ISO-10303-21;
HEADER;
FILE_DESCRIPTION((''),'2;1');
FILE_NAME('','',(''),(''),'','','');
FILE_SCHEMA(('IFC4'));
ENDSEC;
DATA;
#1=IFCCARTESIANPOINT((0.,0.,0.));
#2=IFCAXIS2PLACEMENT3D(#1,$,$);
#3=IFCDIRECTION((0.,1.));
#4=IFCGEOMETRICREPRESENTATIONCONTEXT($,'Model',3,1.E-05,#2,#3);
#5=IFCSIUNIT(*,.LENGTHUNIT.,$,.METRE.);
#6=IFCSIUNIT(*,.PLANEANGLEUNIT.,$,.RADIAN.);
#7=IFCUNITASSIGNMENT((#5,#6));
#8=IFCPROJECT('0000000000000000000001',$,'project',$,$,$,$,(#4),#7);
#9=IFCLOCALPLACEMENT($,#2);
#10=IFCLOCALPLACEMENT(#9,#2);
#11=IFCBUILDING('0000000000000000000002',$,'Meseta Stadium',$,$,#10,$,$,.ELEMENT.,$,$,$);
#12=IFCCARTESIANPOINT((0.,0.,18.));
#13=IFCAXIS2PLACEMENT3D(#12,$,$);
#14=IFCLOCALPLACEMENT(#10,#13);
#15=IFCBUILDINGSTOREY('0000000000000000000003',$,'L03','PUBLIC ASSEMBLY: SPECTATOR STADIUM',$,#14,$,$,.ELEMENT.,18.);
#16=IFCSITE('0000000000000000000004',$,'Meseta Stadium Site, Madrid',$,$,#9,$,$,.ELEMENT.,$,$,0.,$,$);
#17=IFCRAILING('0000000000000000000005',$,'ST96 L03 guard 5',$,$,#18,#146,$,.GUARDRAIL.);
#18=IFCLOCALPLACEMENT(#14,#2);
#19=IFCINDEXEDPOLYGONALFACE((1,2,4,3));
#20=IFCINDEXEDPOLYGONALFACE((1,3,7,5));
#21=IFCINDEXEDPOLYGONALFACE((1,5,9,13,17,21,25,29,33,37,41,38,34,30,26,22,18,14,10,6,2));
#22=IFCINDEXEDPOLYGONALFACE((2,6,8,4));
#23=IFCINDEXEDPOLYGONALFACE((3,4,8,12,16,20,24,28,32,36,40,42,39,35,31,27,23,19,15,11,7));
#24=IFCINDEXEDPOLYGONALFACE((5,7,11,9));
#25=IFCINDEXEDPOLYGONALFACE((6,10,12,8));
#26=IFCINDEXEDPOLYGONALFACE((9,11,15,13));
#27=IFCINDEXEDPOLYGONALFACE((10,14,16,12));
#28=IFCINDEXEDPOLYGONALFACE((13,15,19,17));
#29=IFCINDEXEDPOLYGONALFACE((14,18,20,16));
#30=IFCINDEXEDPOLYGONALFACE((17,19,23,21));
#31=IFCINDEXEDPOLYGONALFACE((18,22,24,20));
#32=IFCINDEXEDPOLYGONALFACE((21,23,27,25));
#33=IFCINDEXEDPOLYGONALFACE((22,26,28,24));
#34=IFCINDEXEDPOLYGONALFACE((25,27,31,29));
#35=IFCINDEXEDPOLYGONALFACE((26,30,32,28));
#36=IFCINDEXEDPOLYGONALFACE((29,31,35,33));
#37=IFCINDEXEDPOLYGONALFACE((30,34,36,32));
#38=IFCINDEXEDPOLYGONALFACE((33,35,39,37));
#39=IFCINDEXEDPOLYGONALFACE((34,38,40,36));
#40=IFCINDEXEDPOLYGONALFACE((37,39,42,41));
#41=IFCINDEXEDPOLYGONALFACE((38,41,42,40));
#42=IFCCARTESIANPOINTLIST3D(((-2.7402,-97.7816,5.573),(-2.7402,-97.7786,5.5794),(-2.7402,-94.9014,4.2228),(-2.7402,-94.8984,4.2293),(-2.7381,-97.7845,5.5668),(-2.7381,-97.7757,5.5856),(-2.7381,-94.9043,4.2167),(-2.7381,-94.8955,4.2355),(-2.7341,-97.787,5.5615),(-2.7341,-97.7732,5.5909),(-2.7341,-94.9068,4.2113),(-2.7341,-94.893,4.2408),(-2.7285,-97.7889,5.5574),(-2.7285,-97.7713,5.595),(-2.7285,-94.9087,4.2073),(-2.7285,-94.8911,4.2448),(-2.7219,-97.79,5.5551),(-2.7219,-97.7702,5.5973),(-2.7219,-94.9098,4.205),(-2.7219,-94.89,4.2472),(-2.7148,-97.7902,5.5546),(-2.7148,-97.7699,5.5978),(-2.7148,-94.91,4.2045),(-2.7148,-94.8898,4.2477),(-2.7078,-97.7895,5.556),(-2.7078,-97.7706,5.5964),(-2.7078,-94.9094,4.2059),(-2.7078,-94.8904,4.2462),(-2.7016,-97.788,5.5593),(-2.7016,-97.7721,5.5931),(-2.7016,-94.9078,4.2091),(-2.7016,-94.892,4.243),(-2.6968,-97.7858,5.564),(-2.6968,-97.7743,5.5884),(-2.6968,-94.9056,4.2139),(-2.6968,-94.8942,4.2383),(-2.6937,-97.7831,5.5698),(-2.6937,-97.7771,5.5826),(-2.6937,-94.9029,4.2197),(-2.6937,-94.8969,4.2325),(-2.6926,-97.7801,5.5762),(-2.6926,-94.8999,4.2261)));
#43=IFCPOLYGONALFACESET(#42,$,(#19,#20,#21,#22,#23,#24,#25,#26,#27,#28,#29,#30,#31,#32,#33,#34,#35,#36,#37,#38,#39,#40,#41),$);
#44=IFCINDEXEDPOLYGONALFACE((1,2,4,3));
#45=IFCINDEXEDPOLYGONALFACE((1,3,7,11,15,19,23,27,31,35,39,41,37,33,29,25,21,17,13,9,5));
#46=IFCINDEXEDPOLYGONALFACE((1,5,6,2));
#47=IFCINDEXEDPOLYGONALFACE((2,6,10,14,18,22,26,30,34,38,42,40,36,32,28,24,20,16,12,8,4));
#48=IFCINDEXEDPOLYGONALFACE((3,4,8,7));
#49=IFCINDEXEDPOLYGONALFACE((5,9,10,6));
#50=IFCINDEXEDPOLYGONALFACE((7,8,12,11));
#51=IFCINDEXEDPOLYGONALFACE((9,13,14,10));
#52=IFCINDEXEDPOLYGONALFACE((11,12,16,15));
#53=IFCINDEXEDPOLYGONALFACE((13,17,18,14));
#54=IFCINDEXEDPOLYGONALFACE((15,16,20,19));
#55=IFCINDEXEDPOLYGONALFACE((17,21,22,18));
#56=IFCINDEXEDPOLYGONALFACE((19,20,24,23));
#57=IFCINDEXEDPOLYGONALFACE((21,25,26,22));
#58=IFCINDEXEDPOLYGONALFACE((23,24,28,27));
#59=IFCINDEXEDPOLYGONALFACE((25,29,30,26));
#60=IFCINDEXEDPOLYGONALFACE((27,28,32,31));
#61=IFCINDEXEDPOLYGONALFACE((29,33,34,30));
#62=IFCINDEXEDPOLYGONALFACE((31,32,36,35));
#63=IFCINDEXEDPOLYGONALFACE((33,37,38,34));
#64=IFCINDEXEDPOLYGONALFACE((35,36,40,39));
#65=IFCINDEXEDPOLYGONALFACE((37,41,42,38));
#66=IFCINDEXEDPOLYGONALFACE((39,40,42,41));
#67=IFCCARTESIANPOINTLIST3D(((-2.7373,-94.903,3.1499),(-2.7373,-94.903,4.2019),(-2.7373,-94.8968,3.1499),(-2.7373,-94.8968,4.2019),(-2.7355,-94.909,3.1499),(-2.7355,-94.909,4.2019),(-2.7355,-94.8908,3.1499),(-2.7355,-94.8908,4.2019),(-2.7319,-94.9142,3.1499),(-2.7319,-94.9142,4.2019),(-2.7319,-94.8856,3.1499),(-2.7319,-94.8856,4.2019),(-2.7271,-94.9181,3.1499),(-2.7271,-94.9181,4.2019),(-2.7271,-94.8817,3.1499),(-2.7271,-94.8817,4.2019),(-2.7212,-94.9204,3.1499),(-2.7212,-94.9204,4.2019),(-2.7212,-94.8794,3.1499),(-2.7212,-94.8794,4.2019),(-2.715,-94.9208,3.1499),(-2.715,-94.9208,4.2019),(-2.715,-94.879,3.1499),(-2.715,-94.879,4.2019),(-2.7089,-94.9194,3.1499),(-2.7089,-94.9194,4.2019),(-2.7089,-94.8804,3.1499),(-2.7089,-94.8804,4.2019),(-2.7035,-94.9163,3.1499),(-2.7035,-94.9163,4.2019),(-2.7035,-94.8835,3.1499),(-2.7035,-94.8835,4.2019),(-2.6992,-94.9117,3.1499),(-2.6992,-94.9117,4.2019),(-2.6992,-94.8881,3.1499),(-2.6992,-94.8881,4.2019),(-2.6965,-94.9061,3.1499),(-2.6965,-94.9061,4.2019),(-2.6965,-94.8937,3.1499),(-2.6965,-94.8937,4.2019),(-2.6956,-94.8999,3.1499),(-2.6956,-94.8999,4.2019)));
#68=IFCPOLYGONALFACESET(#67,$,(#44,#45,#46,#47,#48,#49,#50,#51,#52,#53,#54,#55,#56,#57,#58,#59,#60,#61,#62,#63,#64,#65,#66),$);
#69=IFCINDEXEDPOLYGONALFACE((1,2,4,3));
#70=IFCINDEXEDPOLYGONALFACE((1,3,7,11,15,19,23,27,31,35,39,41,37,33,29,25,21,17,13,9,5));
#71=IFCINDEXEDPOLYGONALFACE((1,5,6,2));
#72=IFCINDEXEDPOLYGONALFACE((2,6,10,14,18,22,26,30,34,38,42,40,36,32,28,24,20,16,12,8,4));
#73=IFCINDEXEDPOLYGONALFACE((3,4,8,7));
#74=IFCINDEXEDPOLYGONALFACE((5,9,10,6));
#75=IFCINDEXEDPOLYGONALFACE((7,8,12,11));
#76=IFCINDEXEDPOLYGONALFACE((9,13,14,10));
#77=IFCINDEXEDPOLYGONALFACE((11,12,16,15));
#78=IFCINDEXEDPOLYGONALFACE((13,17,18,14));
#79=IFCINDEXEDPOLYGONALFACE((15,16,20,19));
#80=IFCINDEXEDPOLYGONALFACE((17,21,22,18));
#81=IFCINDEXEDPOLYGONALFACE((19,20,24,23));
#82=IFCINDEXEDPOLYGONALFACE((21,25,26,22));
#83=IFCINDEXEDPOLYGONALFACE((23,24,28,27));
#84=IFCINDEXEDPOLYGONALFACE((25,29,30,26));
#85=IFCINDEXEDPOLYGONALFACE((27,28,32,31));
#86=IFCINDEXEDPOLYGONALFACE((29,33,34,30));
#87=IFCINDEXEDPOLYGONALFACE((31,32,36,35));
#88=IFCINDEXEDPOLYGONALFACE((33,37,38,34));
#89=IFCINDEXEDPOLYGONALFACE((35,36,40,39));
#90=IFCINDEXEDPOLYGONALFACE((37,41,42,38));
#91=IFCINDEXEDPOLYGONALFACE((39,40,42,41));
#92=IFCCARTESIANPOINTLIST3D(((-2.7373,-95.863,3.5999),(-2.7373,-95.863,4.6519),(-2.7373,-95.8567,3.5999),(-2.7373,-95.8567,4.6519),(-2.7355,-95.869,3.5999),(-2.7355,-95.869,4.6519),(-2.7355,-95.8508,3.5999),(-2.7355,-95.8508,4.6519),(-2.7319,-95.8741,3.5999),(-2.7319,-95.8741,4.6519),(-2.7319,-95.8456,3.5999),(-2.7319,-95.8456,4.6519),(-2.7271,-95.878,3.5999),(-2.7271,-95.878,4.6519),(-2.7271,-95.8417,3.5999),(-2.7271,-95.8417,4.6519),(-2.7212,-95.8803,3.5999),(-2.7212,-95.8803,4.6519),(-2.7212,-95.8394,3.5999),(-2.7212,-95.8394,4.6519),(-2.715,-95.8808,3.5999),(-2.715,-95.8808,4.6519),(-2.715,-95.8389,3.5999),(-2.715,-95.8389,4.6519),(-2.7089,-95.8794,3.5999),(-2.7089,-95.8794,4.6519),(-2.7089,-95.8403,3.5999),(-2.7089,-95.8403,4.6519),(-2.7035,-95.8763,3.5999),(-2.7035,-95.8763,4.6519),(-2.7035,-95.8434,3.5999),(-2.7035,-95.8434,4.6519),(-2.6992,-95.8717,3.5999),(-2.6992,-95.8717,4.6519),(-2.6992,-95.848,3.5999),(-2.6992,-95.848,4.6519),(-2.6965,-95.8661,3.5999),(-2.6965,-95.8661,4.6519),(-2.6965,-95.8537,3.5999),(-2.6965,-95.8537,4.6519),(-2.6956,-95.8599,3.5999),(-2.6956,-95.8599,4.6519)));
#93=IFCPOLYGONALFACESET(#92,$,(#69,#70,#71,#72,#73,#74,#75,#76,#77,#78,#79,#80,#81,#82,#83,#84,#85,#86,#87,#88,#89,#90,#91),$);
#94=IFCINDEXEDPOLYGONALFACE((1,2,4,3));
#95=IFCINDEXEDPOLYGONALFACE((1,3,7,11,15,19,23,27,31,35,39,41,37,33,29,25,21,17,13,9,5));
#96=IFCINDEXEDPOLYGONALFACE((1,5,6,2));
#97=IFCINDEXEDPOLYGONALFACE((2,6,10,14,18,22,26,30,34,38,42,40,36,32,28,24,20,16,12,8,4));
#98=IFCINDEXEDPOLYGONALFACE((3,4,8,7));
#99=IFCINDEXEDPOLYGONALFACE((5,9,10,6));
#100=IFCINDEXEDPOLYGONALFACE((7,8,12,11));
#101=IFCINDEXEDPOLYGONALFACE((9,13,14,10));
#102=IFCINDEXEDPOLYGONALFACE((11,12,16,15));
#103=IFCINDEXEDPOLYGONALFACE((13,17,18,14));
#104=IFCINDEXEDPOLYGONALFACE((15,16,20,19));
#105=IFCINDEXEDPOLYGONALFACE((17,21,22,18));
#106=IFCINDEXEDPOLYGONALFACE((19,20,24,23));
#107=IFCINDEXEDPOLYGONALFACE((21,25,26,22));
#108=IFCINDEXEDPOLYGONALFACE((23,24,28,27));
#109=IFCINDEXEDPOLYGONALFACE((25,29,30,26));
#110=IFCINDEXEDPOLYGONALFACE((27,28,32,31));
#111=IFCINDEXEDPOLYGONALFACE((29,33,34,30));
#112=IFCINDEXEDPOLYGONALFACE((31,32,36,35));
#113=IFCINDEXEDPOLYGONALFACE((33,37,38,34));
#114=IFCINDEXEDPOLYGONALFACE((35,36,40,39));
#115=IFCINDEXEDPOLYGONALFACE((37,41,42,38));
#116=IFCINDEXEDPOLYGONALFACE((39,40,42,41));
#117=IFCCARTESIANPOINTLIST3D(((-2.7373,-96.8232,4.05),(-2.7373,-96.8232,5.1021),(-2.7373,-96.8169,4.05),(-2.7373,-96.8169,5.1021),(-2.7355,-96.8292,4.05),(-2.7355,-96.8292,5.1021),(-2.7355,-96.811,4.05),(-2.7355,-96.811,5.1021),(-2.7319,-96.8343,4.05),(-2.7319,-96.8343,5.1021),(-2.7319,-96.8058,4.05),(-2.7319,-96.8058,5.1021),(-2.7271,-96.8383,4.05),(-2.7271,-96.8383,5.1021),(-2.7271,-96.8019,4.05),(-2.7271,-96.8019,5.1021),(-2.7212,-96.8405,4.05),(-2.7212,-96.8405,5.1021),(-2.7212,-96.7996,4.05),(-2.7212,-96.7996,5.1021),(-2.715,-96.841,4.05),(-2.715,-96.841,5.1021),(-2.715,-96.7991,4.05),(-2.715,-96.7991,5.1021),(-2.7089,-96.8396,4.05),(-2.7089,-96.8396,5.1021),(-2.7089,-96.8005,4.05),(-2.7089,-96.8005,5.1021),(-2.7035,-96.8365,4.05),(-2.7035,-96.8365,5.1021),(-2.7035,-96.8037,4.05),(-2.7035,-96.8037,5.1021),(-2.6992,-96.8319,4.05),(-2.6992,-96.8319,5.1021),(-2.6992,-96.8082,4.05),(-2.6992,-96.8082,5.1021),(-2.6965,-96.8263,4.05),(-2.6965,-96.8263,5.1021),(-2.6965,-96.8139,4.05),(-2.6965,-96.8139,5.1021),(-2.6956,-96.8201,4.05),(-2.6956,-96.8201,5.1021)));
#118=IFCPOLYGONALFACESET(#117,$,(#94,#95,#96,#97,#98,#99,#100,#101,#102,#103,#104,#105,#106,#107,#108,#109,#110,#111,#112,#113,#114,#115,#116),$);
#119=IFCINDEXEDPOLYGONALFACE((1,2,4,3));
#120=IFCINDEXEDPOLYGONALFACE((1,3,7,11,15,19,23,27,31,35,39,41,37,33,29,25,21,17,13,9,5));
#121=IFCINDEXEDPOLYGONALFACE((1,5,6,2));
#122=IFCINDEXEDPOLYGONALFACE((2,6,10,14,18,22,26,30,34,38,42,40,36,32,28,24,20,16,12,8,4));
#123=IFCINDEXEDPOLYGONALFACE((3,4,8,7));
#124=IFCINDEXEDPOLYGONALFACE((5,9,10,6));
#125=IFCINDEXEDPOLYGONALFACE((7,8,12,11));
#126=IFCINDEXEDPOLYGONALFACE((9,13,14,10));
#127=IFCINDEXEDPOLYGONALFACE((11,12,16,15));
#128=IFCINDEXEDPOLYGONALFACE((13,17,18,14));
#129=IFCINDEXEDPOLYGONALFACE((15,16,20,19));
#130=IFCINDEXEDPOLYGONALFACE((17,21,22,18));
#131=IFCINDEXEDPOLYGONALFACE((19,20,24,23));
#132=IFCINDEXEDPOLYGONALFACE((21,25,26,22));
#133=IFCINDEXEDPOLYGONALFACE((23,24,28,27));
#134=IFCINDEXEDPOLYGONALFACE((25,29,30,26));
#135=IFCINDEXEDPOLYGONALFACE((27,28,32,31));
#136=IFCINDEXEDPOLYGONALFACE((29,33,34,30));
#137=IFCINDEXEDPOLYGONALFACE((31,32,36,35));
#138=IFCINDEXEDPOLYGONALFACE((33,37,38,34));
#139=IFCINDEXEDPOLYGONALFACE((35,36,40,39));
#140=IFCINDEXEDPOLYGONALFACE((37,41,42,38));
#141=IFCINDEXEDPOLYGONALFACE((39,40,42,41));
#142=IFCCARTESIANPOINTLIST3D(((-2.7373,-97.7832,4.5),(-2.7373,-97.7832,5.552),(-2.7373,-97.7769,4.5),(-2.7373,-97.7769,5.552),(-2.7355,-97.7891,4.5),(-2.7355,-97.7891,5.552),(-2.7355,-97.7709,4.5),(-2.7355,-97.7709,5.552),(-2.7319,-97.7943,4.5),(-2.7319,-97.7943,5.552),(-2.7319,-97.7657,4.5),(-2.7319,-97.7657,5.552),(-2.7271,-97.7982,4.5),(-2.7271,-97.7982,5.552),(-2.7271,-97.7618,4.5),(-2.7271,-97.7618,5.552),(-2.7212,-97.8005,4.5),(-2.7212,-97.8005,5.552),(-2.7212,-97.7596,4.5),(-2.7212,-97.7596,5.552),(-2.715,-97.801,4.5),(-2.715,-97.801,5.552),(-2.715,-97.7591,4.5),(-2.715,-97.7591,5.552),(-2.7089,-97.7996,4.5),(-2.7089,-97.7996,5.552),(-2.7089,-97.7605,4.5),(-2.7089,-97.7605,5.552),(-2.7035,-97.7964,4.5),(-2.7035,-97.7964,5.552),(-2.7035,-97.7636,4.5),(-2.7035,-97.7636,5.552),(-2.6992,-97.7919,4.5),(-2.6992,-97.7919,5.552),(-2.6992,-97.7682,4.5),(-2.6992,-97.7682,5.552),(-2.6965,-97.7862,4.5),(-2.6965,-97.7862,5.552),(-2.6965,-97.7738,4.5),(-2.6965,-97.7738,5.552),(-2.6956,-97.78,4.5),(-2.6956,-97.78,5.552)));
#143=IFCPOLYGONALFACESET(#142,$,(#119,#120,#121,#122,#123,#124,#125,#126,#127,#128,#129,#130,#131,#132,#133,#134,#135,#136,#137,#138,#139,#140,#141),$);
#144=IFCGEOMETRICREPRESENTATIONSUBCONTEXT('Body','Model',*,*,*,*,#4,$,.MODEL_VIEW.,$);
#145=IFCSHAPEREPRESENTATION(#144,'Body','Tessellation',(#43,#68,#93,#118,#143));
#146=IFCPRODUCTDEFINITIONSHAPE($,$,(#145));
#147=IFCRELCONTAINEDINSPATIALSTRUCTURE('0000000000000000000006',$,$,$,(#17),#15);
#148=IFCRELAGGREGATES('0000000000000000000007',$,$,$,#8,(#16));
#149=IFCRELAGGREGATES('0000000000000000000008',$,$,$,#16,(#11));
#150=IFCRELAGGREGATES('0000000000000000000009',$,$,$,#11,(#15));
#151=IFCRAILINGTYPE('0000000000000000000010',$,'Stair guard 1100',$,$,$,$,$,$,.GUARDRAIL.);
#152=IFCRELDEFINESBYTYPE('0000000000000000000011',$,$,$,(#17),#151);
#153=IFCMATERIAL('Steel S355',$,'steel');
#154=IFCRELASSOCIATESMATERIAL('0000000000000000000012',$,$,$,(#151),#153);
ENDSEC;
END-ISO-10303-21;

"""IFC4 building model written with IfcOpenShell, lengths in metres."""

from ifc_helpers import new_model, si_unit, direction, frame, origin, origin_2d, place, context, subcontext, project, spatial, circle, extrude, material, type_object, element, save


model = new_model("IFC4")

# Units and contexts
model_context = context("Model", 3, precision=1e-05, world=origin(), true_north=direction((0.0, 1.0)))
body_context = subcontext(model_context, "Body", "Model", "MODEL_VIEW")
ifc_project = project(units=[si_unit("LENGTHUNIT", "METRE"), si_unit("PLANEANGLEUNIT", "RADIAN")], contexts=[model_context])

# Site, building, storey
site_placement = place(None, origin())
site = spatial("IfcSite", under=ifc_project, at=site_placement, Name="Meseta Stadium Site, Madrid", CompositionType="ELEMENT", RefElevation=0.0)
building_placement = place(site_placement, origin())
building = spatial("IfcBuilding", under=site, at=building_placement, Name="Meseta Stadium", CompositionType="ELEMENT")
storey_placement = place(building_placement, frame((0.0, 0.0, 18.0)))
storey = spatial("IfcBuildingStorey", under=building, at=storey_placement, Name="L03", Description="PUBLIC ASSEMBLY: SPECTATOR STADIUM", CompositionType="ELEMENT", Elevation=18.0)

# Railing
ifc_material_1 = material(Name="Steel S355", Category="steel")
railing_type_1 = type_object("IfcRailingType", Name="Stair guard 1100", PredefinedType="GUARDRAIL", material=ifc_material_1)
railing_1_placement = place(storey_placement, frame((-2.7166, -94.8999, 3.1499)))
element("IfcRailing", 1, at=railing_1_placement, inside=storey, type_object=railing_type_1, Name="ST96 L03 guard 5", PredefinedType="GUARDRAIL", context=body_context, shape_type="SweptSolid", body=[
    extrude(circle(Radius=0.0239, at=origin_2d()), frame((0.0, 0.0, 1.0762), z_axis=(0.0, -0.905454, 0.424444), x_axis=(1.0, 0.0, 0.0)), (0.0, 0.0, 1.0), 3.1809),
    extrude(circle(Radius=0.021, at=origin_2d()), origin(), (0.0, 0.0, 1.0), 1.052),
    extrude(circle(Radius=0.021, at=origin_2d()), frame((0.0, -0.96, 0.45)), (0.0, 0.0, 1.0), 1.052),
    extrude(circle(Radius=0.021, at=origin_2d()), frame((0.0, -1.9202, 0.9001)), (0.0, 0.0, 1.0), 1.052),
    extrude(circle(Radius=0.021, at=origin_2d()), frame((0.0, -2.8801, 1.3501)), (0.0, 0.0, 1.0), 1.052),
])

save(model, "model.ifc")
